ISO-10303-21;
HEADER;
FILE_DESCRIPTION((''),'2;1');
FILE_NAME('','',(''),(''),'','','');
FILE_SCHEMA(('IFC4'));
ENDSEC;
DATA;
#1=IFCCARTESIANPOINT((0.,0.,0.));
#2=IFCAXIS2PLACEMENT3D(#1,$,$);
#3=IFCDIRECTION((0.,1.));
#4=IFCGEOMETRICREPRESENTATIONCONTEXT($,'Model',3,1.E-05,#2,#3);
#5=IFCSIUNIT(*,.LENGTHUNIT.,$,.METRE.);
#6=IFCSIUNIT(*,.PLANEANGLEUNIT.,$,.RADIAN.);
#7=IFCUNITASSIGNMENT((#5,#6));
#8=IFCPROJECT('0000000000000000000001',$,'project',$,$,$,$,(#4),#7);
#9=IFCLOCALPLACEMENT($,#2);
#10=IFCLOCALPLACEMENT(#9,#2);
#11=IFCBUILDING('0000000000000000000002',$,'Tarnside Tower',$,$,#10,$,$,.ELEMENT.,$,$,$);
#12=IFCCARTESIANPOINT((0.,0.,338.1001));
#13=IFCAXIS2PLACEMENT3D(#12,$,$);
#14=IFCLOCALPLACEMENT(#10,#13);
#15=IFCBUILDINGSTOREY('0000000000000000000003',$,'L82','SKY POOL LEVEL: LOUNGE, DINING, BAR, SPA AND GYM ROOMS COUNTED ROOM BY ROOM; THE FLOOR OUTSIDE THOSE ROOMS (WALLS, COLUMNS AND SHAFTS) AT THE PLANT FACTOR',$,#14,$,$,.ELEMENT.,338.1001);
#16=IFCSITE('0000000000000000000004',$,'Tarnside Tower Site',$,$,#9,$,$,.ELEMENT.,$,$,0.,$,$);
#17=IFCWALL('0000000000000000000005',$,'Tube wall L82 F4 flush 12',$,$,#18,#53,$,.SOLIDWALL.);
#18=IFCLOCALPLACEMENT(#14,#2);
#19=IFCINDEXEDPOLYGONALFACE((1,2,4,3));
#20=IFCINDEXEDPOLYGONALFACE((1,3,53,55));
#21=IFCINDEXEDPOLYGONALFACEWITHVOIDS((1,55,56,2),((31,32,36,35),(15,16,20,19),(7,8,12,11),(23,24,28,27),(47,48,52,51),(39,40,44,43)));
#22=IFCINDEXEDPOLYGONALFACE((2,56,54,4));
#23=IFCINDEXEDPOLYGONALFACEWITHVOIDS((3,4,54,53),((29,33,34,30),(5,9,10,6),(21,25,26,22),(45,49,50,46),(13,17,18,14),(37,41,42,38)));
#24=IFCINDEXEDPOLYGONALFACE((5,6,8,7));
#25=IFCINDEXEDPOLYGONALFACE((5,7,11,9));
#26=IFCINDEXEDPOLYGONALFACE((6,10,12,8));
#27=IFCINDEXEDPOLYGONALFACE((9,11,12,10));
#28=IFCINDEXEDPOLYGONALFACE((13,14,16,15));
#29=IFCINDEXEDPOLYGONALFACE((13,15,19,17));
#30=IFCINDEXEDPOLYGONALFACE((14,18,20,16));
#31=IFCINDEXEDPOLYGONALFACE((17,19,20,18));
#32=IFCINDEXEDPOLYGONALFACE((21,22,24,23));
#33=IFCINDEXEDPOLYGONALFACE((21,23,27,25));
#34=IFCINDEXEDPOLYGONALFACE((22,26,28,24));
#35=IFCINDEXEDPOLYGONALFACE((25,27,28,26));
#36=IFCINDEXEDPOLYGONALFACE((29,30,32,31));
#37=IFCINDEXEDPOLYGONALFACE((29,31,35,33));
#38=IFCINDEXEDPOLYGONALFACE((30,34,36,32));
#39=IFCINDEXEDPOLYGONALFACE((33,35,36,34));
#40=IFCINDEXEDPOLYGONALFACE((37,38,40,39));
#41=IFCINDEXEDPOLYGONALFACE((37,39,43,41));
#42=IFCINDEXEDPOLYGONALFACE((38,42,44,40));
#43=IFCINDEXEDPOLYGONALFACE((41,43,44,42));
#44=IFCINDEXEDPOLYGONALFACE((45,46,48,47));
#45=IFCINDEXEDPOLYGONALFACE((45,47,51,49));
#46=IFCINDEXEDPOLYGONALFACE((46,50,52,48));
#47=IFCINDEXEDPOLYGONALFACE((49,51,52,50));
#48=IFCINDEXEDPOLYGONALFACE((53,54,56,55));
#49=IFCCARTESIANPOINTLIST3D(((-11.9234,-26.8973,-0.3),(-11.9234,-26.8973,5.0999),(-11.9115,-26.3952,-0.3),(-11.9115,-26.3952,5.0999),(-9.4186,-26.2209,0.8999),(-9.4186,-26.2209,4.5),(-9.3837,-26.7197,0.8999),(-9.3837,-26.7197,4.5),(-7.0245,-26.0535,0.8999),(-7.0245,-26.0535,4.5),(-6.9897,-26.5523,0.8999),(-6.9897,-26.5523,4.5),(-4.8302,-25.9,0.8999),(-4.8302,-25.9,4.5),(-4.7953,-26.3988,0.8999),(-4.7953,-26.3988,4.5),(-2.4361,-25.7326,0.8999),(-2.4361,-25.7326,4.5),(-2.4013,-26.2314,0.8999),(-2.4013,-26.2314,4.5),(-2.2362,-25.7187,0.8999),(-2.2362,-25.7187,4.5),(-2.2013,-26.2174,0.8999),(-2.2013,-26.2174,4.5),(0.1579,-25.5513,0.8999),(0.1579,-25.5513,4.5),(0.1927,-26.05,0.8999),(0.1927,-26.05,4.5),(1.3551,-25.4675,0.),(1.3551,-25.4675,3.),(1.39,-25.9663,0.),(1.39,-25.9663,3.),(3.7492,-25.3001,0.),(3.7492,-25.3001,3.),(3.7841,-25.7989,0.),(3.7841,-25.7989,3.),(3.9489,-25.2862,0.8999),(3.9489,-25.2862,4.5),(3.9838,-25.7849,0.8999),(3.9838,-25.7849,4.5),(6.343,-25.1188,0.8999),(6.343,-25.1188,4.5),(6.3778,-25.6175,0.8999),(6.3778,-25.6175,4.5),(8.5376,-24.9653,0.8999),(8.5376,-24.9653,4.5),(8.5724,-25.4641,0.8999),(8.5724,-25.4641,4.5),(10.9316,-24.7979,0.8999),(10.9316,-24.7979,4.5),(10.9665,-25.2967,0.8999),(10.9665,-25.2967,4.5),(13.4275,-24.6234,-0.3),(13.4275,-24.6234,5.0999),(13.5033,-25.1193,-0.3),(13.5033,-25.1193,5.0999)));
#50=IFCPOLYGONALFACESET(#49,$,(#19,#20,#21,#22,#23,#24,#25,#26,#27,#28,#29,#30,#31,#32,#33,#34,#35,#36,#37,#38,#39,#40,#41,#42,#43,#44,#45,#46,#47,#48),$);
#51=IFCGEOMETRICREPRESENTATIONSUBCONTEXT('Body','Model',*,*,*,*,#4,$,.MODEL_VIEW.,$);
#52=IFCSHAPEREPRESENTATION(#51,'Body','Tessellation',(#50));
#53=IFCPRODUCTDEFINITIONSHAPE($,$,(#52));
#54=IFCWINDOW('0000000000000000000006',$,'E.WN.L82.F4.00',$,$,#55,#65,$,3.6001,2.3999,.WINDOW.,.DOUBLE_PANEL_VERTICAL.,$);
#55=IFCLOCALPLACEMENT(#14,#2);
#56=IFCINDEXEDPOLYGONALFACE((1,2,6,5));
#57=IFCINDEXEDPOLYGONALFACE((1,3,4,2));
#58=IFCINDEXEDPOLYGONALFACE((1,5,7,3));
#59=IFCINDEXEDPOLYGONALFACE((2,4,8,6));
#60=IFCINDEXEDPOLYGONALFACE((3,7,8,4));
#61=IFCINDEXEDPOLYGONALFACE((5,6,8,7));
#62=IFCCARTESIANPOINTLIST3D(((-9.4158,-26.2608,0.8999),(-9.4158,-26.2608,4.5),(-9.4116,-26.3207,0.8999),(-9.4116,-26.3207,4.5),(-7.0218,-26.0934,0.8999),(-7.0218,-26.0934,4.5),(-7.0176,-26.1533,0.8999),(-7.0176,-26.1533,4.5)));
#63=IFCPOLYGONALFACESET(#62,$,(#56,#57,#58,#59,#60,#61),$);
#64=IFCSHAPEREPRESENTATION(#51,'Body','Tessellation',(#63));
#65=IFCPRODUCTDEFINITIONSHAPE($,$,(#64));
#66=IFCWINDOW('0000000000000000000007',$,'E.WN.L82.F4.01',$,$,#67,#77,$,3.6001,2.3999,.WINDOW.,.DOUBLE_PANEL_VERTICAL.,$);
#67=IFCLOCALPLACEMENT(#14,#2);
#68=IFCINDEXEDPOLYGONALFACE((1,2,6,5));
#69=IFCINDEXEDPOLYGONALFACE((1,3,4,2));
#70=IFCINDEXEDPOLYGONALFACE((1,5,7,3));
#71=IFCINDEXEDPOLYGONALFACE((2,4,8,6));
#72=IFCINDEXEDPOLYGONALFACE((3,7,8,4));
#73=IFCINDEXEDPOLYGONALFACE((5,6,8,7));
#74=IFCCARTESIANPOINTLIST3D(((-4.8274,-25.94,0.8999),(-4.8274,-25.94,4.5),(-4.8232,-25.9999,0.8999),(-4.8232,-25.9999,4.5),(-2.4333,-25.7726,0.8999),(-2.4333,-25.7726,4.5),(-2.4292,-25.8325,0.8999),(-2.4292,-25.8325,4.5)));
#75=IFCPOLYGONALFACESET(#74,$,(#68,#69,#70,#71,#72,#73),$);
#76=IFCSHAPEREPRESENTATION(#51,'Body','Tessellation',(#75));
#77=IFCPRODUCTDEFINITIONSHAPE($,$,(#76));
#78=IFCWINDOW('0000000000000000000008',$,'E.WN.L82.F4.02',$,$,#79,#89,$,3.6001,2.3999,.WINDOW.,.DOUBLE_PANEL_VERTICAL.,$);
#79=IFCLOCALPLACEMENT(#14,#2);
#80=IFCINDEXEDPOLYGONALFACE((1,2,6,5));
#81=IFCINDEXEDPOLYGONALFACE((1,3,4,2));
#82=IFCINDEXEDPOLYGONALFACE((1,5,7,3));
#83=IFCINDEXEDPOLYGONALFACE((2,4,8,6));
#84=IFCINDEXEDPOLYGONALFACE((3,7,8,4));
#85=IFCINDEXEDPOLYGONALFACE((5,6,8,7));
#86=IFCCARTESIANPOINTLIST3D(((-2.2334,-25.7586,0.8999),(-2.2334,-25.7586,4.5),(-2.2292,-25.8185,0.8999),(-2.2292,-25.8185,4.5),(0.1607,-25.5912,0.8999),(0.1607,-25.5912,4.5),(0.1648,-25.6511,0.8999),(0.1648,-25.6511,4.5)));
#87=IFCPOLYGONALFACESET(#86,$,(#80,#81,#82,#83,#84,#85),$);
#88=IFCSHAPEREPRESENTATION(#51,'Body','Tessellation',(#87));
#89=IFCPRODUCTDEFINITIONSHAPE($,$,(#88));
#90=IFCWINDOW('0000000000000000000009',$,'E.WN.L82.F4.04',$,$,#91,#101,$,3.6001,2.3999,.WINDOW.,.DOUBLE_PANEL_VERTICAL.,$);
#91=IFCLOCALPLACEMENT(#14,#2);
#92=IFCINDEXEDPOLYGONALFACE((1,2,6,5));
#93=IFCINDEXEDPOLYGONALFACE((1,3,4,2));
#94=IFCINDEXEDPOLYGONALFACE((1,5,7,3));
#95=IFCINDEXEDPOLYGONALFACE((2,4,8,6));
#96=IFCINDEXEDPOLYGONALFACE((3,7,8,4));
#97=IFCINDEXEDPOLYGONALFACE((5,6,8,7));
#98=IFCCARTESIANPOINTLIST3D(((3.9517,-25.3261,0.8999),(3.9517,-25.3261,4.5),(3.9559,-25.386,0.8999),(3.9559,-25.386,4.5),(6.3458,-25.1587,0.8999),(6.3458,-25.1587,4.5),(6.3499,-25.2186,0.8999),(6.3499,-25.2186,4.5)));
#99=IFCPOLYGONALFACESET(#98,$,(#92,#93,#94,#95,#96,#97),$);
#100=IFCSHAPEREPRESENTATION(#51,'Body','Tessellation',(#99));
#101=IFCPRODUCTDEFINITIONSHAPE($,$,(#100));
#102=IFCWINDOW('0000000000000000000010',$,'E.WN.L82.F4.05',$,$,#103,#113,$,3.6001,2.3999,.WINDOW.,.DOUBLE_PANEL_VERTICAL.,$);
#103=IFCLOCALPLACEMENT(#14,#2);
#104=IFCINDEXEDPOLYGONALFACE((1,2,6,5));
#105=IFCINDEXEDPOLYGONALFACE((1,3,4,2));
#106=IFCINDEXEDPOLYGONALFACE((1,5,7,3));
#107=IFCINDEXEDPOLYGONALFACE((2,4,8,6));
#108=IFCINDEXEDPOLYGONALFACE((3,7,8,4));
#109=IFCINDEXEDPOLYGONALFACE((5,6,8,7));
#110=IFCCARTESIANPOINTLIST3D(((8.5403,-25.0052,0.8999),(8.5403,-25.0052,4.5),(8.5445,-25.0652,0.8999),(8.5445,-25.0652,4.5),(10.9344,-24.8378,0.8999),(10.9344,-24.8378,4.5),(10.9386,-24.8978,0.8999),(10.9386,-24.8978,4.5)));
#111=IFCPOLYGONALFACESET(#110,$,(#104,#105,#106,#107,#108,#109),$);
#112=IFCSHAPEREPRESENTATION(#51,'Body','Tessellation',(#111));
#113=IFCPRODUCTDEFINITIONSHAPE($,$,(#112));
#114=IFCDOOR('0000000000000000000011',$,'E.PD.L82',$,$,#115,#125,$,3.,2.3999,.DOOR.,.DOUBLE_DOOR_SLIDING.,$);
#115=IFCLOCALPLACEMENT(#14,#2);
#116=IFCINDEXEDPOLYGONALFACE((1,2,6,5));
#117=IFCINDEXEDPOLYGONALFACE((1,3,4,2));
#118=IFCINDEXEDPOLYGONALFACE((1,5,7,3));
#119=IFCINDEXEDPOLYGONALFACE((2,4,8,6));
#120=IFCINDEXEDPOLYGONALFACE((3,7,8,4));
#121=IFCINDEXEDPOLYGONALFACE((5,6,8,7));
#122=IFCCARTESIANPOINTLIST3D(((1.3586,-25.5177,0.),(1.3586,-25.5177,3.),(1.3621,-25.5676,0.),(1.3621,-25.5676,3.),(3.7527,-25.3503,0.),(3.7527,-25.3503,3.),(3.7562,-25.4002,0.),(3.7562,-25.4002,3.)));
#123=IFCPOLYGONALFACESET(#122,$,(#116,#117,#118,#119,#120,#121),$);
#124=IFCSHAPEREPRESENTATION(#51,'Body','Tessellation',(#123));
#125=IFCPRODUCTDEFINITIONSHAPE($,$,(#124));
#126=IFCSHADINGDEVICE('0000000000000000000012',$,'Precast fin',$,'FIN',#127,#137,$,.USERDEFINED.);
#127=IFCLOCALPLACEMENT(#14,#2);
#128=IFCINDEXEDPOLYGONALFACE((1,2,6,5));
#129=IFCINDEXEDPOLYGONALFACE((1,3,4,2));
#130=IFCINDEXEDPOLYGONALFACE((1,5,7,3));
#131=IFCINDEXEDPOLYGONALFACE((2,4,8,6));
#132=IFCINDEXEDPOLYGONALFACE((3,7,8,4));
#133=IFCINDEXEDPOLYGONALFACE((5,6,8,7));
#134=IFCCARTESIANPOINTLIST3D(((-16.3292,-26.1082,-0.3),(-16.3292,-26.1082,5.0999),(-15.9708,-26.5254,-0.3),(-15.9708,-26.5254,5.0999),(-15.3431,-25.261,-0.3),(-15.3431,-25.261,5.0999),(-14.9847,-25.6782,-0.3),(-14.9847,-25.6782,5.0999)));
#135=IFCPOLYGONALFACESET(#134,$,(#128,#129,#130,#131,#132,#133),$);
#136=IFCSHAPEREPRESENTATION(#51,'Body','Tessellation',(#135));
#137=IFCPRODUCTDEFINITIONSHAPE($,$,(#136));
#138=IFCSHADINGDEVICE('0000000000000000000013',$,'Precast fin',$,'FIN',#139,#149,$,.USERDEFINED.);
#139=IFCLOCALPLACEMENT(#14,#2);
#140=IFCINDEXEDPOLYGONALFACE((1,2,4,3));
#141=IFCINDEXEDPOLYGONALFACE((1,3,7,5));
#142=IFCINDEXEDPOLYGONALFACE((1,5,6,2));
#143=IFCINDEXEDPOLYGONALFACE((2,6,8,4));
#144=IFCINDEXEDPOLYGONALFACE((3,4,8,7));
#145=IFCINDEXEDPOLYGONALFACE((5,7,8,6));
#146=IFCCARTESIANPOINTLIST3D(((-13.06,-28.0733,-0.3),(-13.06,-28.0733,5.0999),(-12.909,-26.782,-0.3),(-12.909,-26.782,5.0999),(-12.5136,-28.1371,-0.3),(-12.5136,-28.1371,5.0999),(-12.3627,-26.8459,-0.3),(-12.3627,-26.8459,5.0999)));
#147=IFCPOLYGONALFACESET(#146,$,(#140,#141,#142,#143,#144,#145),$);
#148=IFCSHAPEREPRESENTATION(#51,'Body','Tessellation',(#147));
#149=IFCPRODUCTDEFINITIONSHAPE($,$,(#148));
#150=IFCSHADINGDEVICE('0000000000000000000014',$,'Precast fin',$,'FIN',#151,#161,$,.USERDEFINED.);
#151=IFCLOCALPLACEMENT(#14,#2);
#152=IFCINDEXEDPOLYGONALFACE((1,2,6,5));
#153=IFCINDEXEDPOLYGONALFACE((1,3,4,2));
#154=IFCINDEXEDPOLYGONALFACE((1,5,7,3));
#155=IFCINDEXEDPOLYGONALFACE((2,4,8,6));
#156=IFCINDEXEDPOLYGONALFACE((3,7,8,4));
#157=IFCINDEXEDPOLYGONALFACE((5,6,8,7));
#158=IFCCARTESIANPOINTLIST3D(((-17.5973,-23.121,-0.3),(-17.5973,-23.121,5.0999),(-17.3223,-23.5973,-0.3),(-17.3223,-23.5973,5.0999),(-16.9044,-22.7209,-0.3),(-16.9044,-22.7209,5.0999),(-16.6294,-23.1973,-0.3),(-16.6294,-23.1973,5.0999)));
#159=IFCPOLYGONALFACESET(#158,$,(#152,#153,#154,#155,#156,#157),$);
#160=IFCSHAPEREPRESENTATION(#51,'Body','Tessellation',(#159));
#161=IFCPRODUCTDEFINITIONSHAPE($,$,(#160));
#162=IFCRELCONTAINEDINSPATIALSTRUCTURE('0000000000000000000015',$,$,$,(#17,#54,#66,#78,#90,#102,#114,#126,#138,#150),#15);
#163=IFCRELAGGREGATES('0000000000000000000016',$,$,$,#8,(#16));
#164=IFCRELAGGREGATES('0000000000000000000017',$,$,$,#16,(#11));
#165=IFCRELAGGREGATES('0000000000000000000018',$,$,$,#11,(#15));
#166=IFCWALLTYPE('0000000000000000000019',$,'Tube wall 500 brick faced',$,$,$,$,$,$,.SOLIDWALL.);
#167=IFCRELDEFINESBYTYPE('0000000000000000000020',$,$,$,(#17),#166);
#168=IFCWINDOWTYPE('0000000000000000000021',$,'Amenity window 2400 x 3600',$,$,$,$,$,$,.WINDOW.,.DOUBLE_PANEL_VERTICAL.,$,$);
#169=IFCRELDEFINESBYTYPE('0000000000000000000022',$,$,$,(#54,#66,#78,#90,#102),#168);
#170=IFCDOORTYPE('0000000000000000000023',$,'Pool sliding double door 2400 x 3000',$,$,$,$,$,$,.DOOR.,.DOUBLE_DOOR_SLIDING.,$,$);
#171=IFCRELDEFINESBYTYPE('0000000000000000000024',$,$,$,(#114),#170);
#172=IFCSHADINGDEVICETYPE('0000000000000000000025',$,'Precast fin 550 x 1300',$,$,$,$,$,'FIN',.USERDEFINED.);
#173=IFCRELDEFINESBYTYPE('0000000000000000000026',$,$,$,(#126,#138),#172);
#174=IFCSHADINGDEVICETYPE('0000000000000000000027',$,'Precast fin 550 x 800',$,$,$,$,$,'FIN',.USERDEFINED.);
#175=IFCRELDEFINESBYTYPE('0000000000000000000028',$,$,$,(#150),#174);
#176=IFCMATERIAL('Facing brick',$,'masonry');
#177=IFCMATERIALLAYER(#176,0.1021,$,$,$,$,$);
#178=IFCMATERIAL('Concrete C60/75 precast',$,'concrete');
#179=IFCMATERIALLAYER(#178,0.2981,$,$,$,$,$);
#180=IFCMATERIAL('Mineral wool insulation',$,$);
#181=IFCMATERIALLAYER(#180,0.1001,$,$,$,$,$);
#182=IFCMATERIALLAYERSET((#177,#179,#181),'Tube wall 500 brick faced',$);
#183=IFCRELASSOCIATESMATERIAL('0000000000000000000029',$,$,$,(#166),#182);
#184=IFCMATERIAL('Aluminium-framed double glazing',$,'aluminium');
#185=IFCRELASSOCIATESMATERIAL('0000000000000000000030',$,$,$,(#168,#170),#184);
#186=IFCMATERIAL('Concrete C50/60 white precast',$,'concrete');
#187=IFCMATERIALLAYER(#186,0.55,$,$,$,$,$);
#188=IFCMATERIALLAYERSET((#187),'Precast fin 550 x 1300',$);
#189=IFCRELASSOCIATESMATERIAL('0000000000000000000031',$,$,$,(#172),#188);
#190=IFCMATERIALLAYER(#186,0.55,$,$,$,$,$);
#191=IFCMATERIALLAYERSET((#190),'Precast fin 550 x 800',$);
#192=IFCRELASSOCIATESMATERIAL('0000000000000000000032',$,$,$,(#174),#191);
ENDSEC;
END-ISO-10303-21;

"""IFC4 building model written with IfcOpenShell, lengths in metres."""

from ifc_helpers import new_model, si_unit, direction, frame, frame_2d, origin, place, context, subcontext, project, spatial, polyline, rectangle, outline, extrude, material, layer, layer_set, type_object, element, fill, save


model = new_model("IFC4")

# Units and contexts
model_context = context("Model", 3, precision=1e-05, world=origin(), true_north=direction((0.0, 1.0)))
body_context = subcontext(model_context, "Body", "Model", "MODEL_VIEW")
ifc_project = project(units=[si_unit("LENGTHUNIT", "METRE"), si_unit("PLANEANGLEUNIT", "RADIAN")], contexts=[model_context])

# Site, building, storey
site_placement = place(None, origin())
site = spatial("IfcSite", under=ifc_project, at=site_placement, Name="Tarnside Tower Site", CompositionType="ELEMENT", RefElevation=0.0)
building_placement = place(site_placement, origin())
building = spatial("IfcBuilding", under=site, at=building_placement, Name="Tarnside Tower", CompositionType="ELEMENT")
storey_placement = place(building_placement, frame((0.0, 0.0, 338.1001)))
storey = spatial("IfcBuildingStorey", under=building, at=storey_placement, Name="L82", Description="SKY POOL LEVEL: LOUNGE, DINING, BAR, SPA AND GYM ROOMS COUNTED ROOM BY ROOM; THE FLOOR OUTSIDE THOSE ROOMS (WALLS, COLUMNS AND SHAFTS) AT THE PLANT FACTOR", CompositionType="ELEMENT", Elevation=338.1001)

# Shared definitions
ifc_material_1 = material(Name="Facing brick", Category="masonry")
ifc_layer_1 = layer(ifc_material_1, 0.1021)
ifc_material_2 = material(Name="Concrete C60/75 precast", Category="concrete")
ifc_layer_2 = layer(ifc_material_2, 0.2981)
ifc_material_3 = material(Name="Mineral wool insulation")
ifc_layer_3 = layer(ifc_material_3, 0.1001)
ifc_layer_set_1 = layer_set([ifc_layer_1, ifc_layer_2, ifc_layer_3], Name="Tube wall 500 brick faced")
wall_type = type_object("IfcWallType", Name="Tube wall 500 brick faced", PredefinedType="SOLIDWALL", material=ifc_layer_set_1)

# Wall, openings, windows, door
wall_1_placement = place(storey_placement, frame((-11.9175, -26.6462, -0.3), z_axis=(0.0, 0.0, 1.0), x_axis=(0.997564, 0.069755, 0.0)))
wall_1 = element("IfcWall", 1, at=wall_1_placement, inside=storey, type_object=wall_type, Name="Tube wall L82 F4 flush 12", PredefinedType="SOLIDWALL", context=body_context, shape_type="SweptSolid", body=[
    extrude(outline(polyline([(-0.0234, -0.25), (25.4653, -0.25), (25.4243, 0.25), (0.0234, 0.25), (-0.0234, -0.25)])), origin(), (0.0, 0.0, 1.0), 5.3999),
])
opening_1_placement = place(wall_1_placement, frame((2.5225, 0.0, 1.2)))
opening_1 = element("IfcOpeningElement", 2, at=opening_1_placement, cuts=wall_1, PredefinedType="OPENING", context=body_context, shape_type="SweptSolid", body=[
    extrude(rectangle(XDim=2.3999, YDim=3.6001, at=frame_2d((1.2, 1.8))), frame((0.0, 0.26, 0.0), z_axis=(0.0, -1.0, 0.0), x_axis=(1.0, 0.0, 0.0)), (0.0, 0.0, 1.0), 0.52),
])
opening_2_placement = place(wall_1_placement, frame((7.1221, 0.0, 1.2)))
opening_2 = element("IfcOpeningElement", 3, at=opening_2_placement, cuts=wall_1, PredefinedType="OPENING", context=body_context, shape_type="SweptSolid", body=[
    extrude(rectangle(XDim=2.3999, YDim=3.6001, at=frame_2d((1.2, 1.8))), frame((0.0, 0.26, 0.0), z_axis=(0.0, -1.0, 0.0), x_axis=(1.0, 0.0, 0.0)), (0.0, 0.0, 1.0), 0.52),
])
opening_3_placement = place(wall_1_placement, frame((9.7224, 0.0, 1.2)))
opening_3 = element("IfcOpeningElement", 4, at=opening_3_placement, cuts=wall_1, PredefinedType="OPENING", context=body_context, shape_type="SweptSolid", body=[
    extrude(rectangle(XDim=2.3999, YDim=3.6001, at=frame_2d((1.2, 1.8))), frame((0.0, 0.26, 0.0), z_axis=(0.0, -1.0, 0.0), x_axis=(1.0, 0.0, 0.0)), (0.0, 0.0, 1.0), 0.52),
])
opening_4_placement = place(wall_1_placement, frame((13.3225, 0.0, 0.3)))
opening_4 = element("IfcOpeningElement", 5, at=opening_4_placement, cuts=wall_1, PredefinedType="OPENING", context=body_context, shape_type="SweptSolid", body=[
    extrude(rectangle(XDim=2.3999, YDim=3.0, at=frame_2d((1.2, 1.5))), frame((0.0, 0.26, 0.0), z_axis=(0.0, -1.0, 0.0), x_axis=(1.0, 0.0, 0.0)), (0.0, 0.0, 1.0), 0.52),
])
opening_5_placement = place(wall_1_placement, frame((15.9226, 0.0, 1.2)))
opening_5 = element("IfcOpeningElement", 6, at=opening_5_placement, cuts=wall_1, PredefinedType="OPENING", context=body_context, shape_type="SweptSolid", body=[
    extrude(rectangle(XDim=2.3999, YDim=3.6001, at=frame_2d((1.2, 1.8))), frame((0.0, 0.26, 0.0), z_axis=(0.0, -1.0, 0.0), x_axis=(1.0, 0.0, 0.0)), (0.0, 0.0, 1.0), 0.52),
])
opening_6_placement = place(wall_1_placement, frame((20.5225, 0.0, 1.2)))
opening_6 = element("IfcOpeningElement", 7, at=opening_6_placement, cuts=wall_1, PredefinedType="OPENING", context=body_context, shape_type="SweptSolid", body=[
    extrude(rectangle(XDim=2.3999, YDim=3.6001, at=frame_2d((1.2, 1.8))), frame((0.0, 0.26, 0.0), z_axis=(0.0, -1.0, 0.0), x_axis=(1.0, 0.0, 0.0)), (0.0, 0.0, 1.0), 0.52),
])
ifc_material_4 = material(Name="Aluminium-framed double glazing", Category="aluminium")
window_type = type_object("IfcWindowType", Name="Amenity window 2400 x 3600", PartitioningType="DOUBLE_PANEL_VERTICAL", PredefinedType="WINDOW", material=ifc_material_4)
window_1_placement = place(opening_1_placement, frame((0.0, 0.1799, 0.0)))
window_1 = element("IfcWindow", 8, at=window_1_placement, inside=storey, type_object=window_type, Name="E.WN.L82.F4.00", OverallHeight=3.6001, OverallWidth=2.3999, PartitioningType="DOUBLE_PANEL_VERTICAL", PredefinedType="WINDOW", context=body_context, shape_type="SweptSolid", body=[
    extrude(rectangle(XDim=2.3999, YDim=3.6001, at=frame_2d((1.2, 1.8))), frame((0.0, 0.03, 0.0), z_axis=(0.0, -1.0, 0.0), x_axis=(1.0, 0.0, 0.0)), (0.0, 0.0, 1.0), 0.0601),
])
fill(opening_1, window_1)
window_2_placement = place(opening_2_placement, frame((0.0, 0.1799, 0.0)))
window_2 = element("IfcWindow", 9, at=window_2_placement, inside=storey, type_object=window_type, Name="E.WN.L82.F4.01", OverallHeight=3.6001, OverallWidth=2.3999, PartitioningType="DOUBLE_PANEL_VERTICAL", PredefinedType="WINDOW", context=body_context, shape_type="SweptSolid", body=[
    extrude(rectangle(XDim=2.3999, YDim=3.6001, at=frame_2d((1.2, 1.8))), frame((0.0, 0.03, 0.0), z_axis=(0.0, -1.0, 0.0), x_axis=(1.0, 0.0, 0.0)), (0.0, 0.0, 1.0), 0.0601),
])
fill(opening_2, window_2)
window_3_placement = place(opening_3_placement, frame((0.0, 0.1799, 0.0)))
window_3 = element("IfcWindow", 10, at=window_3_placement, inside=storey, type_object=window_type, Name="E.WN.L82.F4.02", OverallHeight=3.6001, OverallWidth=2.3999, PartitioningType="DOUBLE_PANEL_VERTICAL", PredefinedType="WINDOW", context=body_context, shape_type="SweptSolid", body=[
    extrude(rectangle(XDim=2.3999, YDim=3.6001, at=frame_2d((1.2, 1.8))), frame((0.0, 0.03, 0.0), z_axis=(0.0, -1.0, 0.0), x_axis=(1.0, 0.0, 0.0)), (0.0, 0.0, 1.0), 0.0601),
])
fill(opening_3, window_3)
window_4_placement = place(opening_5_placement, frame((0.0, 0.1799, 0.0)))
window_4 = element("IfcWindow", 11, at=window_4_placement, inside=storey, type_object=window_type, Name="E.WN.L82.F4.04", OverallHeight=3.6001, OverallWidth=2.3999, PartitioningType="DOUBLE_PANEL_VERTICAL", PredefinedType="WINDOW", context=body_context, shape_type="SweptSolid", body=[
    extrude(rectangle(XDim=2.3999, YDim=3.6001, at=frame_2d((1.2, 1.8))), frame((0.0, 0.03, 0.0), z_axis=(0.0, -1.0, 0.0), x_axis=(1.0, 0.0, 0.0)), (0.0, 0.0, 1.0), 0.0601),
])
fill(opening_5, window_4)
window_5_placement = place(opening_6_placement, frame((0.0, 0.1799, 0.0)))
window_5 = element("IfcWindow", 12, at=window_5_placement, inside=storey, type_object=window_type, Name="E.WN.L82.F4.05", OverallHeight=3.6001, OverallWidth=2.3999, PartitioningType="DOUBLE_PANEL_VERTICAL", PredefinedType="WINDOW", context=body_context, shape_type="SweptSolid", body=[
    extrude(rectangle(XDim=2.3999, YDim=3.6001, at=frame_2d((1.2, 1.8))), frame((0.0, 0.03, 0.0), z_axis=(0.0, -1.0, 0.0), x_axis=(1.0, 0.0, 0.0)), (0.0, 0.0, 1.0), 0.0601),
])
fill(opening_6, window_5)
door_type = type_object("IfcDoorType", Name="Pool sliding double door 2400 x 3000", OperationType="DOUBLE_DOOR_SLIDING", PredefinedType="DOOR", material=ifc_material_4)
door_placement = place(opening_4_placement, frame((0.0, 0.1748, 0.0)))
door = element("IfcDoor", 13, at=door_placement, inside=storey, type_object=door_type, Name="E.PD.L82", OperationType="DOUBLE_DOOR_SLIDING", OverallHeight=3.0, OverallWidth=2.3999, PredefinedType="DOOR", context=body_context, shape_type="SweptSolid", body=[
    extrude(rectangle(XDim=2.3999, YDim=3.0, at=frame_2d((1.2, 1.5))), frame((0.0, 0.0249, 0.0), z_axis=(0.0, -1.0, 0.0), x_axis=(1.0, 0.0, 0.0)), (0.0, 0.0, 1.0), 0.05),
])
fill(opening_4, door)

# Shading devices
ifc_material_5 = material(Name="Concrete C50/60 white precast", Category="concrete")
ifc_layer_4 = layer(ifc_material_5, 0.55)
ifc_layer_set_2 = layer_set([ifc_layer_4], Name="Precast fin 550 x 1300")
shading_device_type_1 = type_object("IfcShadingDeviceType", Name="Precast fin 550 x 1300", ElementType="FIN", PredefinedType="USERDEFINED", material=ifc_layer_set_2)
for number, where, z_axis, x_axis, name in (
    (14, (-15.1638, -25.4697, -0.3), (-0.651657, 0.758514, 0.0), (-0.758514, -0.651657, 0.0), "Precast fin"),
    (15, (-12.6357, -26.814, -0.3), (-0.993238, 0.116093, 0.0), (-0.116093, -0.993238, 0.0), "Precast fin"),
):
    element("IfcShadingDevice", number, at=place(storey_placement, frame(where, z_axis=z_axis, x_axis=x_axis)), inside=storey, type_object=shading_device_type_1, Name=name, ObjectType="FIN", PredefinedType="USERDEFINED", context=body_context, shape_type="SweptSolid", body=[
        extrude(outline(polyline([(0.0, 0.0), (1.3, 0.0), (1.3, 5.3999), (0.0, 5.3999), (0.0, 0.0)])), frame((0.0, 0.0, -0.2749)), (0.0, 0.0, 1.0), 0.55),
    ])
ifc_layer_5 = layer(ifc_material_5, 0.55)
ifc_layer_set_3 = layer_set([ifc_layer_5], Name="Precast fin 550 x 800")
shading_device_type_2 = type_object("IfcShadingDeviceType", Name="Precast fin 550 x 800", ElementType="FIN", PredefinedType="USERDEFINED", material=ifc_layer_set_3)
for number, where, z_axis, x_axis, name in (
    (16, (-16.7668, -22.9592, -0.3), (-0.5, 0.866025, 0.0), (-0.866025, -0.5, 0.0), "Precast fin"),
):
    element("IfcShadingDevice", number, at=place(storey_placement, frame(where, z_axis=z_axis, x_axis=x_axis)), inside=storey, type_object=shading_device_type_2, Name=name, ObjectType="FIN", PredefinedType="USERDEFINED", context=body_context, shape_type="SweptSolid", body=[
        extrude(outline(polyline([(0.0, 0.0), (0.8, 0.0), (0.8, 5.3999), (0.0, 5.3999), (0.0, 0.0)])), frame((0.0, 0.0, -0.2749)), (0.0, 0.0, 1.0), 0.55),
    ])

save(model, "model.ifc")
